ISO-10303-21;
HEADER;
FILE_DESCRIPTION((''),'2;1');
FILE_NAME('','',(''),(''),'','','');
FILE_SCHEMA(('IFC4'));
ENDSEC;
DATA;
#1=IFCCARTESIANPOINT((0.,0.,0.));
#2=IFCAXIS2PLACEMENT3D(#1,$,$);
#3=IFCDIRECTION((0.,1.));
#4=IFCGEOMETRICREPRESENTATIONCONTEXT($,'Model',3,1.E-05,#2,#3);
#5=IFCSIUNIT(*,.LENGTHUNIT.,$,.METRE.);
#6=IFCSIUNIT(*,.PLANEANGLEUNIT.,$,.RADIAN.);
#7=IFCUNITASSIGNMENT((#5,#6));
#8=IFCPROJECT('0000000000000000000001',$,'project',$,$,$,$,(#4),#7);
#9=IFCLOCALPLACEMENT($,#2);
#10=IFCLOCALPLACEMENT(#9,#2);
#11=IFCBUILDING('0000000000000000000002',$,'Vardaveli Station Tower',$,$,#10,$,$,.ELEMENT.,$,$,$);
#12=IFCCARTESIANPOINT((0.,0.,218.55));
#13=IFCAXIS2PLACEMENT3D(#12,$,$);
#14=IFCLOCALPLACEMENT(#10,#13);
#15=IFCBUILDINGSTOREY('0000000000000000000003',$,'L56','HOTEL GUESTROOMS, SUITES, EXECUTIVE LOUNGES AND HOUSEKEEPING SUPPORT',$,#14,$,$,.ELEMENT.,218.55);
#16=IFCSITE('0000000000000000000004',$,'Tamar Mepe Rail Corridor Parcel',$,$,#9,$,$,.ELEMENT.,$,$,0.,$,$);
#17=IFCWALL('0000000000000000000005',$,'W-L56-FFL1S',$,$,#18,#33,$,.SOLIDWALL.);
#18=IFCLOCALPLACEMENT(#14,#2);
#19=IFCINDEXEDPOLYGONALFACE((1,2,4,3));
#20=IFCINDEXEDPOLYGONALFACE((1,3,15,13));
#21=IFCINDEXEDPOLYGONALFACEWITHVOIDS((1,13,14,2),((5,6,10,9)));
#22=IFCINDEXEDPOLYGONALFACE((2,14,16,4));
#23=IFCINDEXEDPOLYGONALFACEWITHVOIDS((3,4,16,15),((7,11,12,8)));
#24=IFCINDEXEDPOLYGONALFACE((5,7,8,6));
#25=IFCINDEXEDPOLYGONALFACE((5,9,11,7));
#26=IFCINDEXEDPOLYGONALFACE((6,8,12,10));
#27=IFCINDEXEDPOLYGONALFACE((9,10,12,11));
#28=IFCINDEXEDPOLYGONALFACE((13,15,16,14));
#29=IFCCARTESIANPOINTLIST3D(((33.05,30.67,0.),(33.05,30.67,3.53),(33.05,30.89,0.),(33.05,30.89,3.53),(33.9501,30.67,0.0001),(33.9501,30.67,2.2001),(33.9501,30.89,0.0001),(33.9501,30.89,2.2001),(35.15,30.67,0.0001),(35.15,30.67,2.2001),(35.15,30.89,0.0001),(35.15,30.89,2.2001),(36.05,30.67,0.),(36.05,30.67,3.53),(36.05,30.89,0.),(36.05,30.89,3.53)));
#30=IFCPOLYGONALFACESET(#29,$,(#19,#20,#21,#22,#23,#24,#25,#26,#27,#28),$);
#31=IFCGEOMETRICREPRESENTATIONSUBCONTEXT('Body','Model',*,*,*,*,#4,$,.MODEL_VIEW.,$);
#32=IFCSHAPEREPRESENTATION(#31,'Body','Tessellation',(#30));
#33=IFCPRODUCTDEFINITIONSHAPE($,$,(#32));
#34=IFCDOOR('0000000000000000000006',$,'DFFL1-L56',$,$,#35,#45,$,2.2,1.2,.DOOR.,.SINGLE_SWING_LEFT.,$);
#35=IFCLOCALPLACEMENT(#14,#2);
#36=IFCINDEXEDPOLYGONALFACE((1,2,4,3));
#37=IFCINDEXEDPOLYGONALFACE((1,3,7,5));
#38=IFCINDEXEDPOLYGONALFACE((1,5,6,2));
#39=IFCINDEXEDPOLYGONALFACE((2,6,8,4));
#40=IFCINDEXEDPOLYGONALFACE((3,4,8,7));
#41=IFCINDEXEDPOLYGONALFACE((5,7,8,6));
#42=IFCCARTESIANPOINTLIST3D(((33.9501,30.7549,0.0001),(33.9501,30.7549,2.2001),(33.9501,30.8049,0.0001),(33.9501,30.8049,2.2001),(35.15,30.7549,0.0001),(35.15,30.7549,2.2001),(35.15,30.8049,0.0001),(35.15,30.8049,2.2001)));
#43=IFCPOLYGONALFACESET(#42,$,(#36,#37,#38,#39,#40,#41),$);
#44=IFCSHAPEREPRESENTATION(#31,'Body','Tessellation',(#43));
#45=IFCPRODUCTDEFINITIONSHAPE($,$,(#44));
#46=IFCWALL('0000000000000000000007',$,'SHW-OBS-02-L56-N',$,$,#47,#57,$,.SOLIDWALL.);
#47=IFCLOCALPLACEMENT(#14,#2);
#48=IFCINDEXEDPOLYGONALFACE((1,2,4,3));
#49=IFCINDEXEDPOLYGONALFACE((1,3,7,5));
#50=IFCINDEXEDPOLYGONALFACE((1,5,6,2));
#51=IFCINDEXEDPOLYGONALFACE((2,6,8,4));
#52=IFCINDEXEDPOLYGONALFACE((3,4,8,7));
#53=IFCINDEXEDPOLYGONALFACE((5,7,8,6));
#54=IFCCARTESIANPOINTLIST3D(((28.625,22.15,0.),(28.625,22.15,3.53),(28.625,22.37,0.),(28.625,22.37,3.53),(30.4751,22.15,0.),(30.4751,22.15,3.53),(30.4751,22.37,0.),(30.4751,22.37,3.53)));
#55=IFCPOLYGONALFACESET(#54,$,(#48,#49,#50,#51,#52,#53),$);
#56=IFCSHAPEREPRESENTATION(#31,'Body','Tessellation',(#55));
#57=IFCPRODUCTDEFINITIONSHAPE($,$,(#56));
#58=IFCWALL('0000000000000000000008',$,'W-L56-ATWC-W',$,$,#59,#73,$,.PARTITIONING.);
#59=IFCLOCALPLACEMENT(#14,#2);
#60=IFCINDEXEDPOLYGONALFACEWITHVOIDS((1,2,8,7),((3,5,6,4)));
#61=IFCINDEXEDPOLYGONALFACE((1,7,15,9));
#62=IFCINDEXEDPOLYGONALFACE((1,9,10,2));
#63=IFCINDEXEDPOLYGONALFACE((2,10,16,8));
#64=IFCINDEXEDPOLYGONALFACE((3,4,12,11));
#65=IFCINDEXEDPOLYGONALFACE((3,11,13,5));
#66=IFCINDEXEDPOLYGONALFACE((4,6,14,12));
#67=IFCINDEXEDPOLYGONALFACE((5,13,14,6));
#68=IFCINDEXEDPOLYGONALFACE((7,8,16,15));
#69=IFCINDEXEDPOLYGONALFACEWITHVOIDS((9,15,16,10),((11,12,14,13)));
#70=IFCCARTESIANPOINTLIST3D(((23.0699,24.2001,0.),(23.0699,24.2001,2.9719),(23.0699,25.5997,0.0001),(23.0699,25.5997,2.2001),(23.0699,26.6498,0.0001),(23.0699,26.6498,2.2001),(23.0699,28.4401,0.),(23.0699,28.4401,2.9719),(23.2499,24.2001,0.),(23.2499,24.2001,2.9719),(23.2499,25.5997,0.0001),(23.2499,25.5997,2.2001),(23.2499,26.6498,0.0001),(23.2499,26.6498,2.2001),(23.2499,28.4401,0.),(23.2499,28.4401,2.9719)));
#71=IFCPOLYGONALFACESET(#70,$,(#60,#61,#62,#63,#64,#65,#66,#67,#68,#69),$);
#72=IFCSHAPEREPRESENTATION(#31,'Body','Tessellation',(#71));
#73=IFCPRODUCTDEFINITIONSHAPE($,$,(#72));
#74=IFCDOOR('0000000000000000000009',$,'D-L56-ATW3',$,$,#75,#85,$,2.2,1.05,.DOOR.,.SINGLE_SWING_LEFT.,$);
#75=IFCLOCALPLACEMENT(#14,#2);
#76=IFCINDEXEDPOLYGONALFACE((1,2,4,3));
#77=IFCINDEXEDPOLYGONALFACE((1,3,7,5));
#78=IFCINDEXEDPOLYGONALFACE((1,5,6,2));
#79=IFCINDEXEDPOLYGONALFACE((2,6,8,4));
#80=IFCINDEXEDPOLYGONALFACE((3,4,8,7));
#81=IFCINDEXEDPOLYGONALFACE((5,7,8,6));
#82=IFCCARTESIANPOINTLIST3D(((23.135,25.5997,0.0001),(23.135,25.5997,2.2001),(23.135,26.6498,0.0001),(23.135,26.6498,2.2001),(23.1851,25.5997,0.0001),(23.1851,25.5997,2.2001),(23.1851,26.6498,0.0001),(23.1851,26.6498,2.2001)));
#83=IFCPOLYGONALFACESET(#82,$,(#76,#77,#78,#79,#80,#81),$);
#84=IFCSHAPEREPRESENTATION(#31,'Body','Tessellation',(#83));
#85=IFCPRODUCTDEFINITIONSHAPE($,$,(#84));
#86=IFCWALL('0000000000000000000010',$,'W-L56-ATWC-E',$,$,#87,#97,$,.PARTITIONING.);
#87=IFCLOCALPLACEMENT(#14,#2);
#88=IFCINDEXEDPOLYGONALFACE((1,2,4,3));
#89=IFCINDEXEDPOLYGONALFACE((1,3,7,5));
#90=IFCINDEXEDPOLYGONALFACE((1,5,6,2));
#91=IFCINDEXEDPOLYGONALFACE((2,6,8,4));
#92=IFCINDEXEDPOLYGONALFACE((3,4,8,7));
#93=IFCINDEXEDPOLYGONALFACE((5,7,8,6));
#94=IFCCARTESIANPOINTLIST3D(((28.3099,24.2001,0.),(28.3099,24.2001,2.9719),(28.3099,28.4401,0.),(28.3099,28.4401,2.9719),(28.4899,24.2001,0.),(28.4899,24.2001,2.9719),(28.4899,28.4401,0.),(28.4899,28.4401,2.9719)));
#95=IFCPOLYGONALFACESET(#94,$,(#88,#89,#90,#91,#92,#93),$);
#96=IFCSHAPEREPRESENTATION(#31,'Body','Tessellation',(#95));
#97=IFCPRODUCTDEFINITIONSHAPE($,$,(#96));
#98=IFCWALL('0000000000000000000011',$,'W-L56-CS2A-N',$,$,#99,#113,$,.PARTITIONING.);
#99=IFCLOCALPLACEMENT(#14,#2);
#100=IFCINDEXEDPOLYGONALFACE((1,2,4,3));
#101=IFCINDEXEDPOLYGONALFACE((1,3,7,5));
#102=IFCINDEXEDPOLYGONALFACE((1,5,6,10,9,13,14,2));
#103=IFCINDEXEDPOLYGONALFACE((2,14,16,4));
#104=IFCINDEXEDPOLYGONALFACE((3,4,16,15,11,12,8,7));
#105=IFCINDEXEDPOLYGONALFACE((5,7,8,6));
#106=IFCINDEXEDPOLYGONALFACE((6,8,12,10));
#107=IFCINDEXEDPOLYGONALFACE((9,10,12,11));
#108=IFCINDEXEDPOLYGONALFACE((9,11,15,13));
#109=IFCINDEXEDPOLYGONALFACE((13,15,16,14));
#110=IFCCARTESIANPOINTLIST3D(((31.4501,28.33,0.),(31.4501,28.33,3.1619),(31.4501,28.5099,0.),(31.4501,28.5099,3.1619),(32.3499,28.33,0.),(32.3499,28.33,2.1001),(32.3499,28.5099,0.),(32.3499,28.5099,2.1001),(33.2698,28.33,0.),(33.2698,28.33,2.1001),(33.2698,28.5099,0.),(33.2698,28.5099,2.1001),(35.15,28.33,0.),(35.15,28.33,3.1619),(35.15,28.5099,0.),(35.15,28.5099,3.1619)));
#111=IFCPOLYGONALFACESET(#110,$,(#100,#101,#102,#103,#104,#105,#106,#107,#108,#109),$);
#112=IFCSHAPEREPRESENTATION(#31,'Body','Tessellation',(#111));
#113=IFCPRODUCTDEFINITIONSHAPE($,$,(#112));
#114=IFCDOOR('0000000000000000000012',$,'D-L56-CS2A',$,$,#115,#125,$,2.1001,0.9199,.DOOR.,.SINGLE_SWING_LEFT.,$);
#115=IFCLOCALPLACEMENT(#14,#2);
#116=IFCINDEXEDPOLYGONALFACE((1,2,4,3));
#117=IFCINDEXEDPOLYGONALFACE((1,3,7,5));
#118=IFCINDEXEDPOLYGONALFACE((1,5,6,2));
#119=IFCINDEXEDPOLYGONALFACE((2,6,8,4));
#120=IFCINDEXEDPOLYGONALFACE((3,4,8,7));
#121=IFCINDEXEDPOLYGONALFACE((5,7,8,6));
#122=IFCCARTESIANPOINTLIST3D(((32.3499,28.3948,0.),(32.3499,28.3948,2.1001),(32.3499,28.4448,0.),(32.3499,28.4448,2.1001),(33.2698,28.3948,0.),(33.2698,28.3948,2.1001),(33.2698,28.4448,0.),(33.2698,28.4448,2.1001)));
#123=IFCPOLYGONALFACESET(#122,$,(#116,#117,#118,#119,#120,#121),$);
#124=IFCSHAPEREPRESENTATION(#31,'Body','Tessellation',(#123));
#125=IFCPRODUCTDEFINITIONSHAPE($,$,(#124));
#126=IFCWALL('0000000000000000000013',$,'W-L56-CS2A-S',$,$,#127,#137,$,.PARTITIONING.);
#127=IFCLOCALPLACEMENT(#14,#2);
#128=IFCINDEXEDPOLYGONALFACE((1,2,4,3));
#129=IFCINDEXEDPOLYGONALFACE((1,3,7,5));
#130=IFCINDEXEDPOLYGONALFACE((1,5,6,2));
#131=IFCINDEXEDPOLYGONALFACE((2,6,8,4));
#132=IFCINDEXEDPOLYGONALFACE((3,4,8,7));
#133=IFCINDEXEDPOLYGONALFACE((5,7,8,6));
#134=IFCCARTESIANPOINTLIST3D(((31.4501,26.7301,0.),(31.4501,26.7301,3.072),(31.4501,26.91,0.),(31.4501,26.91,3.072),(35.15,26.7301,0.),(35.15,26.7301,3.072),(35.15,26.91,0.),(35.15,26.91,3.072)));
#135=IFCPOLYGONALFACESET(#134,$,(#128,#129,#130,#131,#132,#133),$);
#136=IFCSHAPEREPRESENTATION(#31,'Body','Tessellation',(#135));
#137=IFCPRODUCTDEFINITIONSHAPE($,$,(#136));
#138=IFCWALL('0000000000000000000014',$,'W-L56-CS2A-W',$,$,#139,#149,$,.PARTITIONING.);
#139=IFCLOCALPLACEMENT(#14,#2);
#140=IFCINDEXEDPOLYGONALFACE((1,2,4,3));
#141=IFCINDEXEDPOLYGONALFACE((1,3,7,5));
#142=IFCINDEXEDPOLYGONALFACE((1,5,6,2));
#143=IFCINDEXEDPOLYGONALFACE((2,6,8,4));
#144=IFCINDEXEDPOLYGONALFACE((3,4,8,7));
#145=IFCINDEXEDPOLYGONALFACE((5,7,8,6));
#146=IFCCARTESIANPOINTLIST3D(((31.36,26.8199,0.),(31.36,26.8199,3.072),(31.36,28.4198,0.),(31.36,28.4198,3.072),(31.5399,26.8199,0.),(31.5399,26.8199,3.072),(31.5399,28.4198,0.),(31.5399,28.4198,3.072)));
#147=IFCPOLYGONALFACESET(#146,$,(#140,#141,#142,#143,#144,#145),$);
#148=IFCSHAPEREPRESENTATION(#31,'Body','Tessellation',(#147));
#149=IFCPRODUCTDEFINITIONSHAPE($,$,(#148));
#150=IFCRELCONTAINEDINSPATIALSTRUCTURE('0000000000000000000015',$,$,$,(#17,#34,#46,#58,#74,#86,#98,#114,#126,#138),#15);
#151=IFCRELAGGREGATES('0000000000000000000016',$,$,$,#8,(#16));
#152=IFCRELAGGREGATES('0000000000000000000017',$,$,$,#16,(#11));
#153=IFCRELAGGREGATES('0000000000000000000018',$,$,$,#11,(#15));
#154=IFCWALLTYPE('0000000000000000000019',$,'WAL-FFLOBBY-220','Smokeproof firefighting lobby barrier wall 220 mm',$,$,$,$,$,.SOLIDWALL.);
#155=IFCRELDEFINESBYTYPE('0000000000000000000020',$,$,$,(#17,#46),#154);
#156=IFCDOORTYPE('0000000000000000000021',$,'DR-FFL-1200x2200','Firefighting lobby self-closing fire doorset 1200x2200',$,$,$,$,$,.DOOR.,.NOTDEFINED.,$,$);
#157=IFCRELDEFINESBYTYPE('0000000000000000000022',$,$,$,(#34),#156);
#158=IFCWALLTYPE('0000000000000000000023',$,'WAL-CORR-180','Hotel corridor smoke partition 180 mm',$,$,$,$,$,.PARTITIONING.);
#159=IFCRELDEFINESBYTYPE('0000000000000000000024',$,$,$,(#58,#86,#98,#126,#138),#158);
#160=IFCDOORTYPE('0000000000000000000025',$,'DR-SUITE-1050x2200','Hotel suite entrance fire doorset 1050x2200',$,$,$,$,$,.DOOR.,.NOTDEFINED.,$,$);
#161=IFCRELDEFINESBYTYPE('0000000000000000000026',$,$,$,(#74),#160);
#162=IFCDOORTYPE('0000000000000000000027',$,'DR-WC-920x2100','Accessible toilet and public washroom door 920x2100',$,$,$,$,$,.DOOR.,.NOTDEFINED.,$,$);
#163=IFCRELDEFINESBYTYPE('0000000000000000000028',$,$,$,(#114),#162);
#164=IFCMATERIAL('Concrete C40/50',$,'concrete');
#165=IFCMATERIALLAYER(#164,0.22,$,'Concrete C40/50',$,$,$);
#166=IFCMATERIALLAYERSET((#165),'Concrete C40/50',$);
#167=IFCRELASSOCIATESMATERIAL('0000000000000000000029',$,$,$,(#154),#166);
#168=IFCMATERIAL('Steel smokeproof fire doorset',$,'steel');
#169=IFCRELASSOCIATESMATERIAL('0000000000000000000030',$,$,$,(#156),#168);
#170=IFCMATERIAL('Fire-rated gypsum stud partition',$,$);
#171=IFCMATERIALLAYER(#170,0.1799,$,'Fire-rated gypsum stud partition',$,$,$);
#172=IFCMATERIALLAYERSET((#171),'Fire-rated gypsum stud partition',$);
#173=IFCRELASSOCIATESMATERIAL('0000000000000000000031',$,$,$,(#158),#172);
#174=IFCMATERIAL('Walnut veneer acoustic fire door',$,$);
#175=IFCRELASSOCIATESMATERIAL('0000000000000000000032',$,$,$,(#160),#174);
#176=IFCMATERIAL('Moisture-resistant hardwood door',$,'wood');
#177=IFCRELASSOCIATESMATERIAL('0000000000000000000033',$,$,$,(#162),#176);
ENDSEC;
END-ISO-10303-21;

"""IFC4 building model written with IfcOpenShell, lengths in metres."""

from ifc_helpers import new_model, si_unit, direction, frame, frame_2d, origin, place, context, subcontext, project, spatial, rectangle, extrude, source, transform, mapped, material, layer, layer_set, type_object, element, fill, save


model = new_model("IFC4")

# Units and contexts
model_context = context("Model", 3, precision=1e-05, world=origin(), true_north=direction((0.0, 1.0)))
body_context = subcontext(model_context, "Body", "Model", "MODEL_VIEW")
ifc_project = project(units=[si_unit("LENGTHUNIT", "METRE"), si_unit("PLANEANGLEUNIT", "RADIAN")], contexts=[model_context])

# Site, building, storey
site_placement = place(None, origin())
site = spatial("IfcSite", under=ifc_project, at=site_placement, Name="Tamar Mepe Rail Corridor Parcel", CompositionType="ELEMENT", RefElevation=0.0)
building_placement = place(site_placement, origin())
building = spatial("IfcBuilding", under=site, at=building_placement, Name="Vardaveli Station Tower", CompositionType="ELEMENT")
storey_placement = place(building_placement, frame((0.0, 0.0, 218.55)))
storey = spatial("IfcBuildingStorey", under=building, at=storey_placement, Name="L56", Description="HOTEL GUESTROOMS, SUITES, EXECUTIVE LOUNGES AND HOUSEKEEPING SUPPORT", CompositionType="ELEMENT", Elevation=218.55)

# Shared definitions
ifc_material_1 = material(Name="Concrete C40/50", Category="concrete")

# Wall, opening, door
ifc_material_2 = material(Name="Steel smokeproof fire doorset", Category="steel")
ifc_layer_1 = layer(ifc_material_1, 0.22, Name="Concrete C40/50")
ifc_layer_set_1 = layer_set([ifc_layer_1], Name="Concrete C40/50")
wall_type_1 = type_object("IfcWallType", Name="WAL-FFLOBBY-220", Description="Smokeproof firefighting lobby barrier wall 220 mm", PredefinedType="SOLIDWALL", material=ifc_layer_set_1)
shared_shape_1 = source(origin(), body_context, "Body", "SweptSolid", [
    extrude(rectangle(XDim=3.0, YDim=0.22, at=frame_2d((1.5, 0.0))), origin(), (0.0, 0.0, 1.0), 3.53),
])
wall_1_placement = place(storey_placement, frame((33.05, 30.78, 0.0), z_axis=(0.0, 0.0, 1.0), x_axis=(1.0, 0.0, 0.0)))
wall_1 = element("IfcWall", 1, at=wall_1_placement, inside=storey, type_object=wall_type_1, Name="W-L56-FFL1S", PredefinedType="SOLIDWALL", context=body_context, shape_type="MappedRepresentation", body=[
    mapped(shared_shape_1, transform((0.0, 0.0, 0.0), scale=1.0)),
])
shared_shape_2 = source(origin(), body_context, "Body", "SweptSolid", [
    extrude(rectangle(XDim=1.2, YDim=2.2, at=frame_2d((0.6001, 1.1001))), frame((0.0, 0.1201, 0.0), z_axis=(0.0, -1.0, 0.0), x_axis=(1.0, 0.0, 0.0)), (0.0, 0.0, 1.0), 0.24),
])
opening_1_placement = place(wall_1_placement, frame((0.8999, 0.0, 0.0)))
opening_1 = element("IfcOpeningElement", 2, at=opening_1_placement, cuts=wall_1, PredefinedType="OPENING", context=body_context, shape_type="MappedRepresentation", body=[
    mapped(shared_shape_2, transform((0.0, 0.0, 0.0), scale=1.0)),
])
door_type_1 = type_object("IfcDoorType", Name="DR-FFL-1200x2200", Description="Firefighting lobby self-closing fire doorset 1200x2200", OperationType="NOTDEFINED", PredefinedType="DOOR", material=ifc_material_2)
shared_shape_3 = source(origin(), body_context, "Body", "SweptSolid", [
    extrude(rectangle(XDim=1.2, YDim=2.2, at=frame_2d((0.6001, 1.1001))), frame((0.0, 0.0249, 0.0), z_axis=(0.0, -1.0, 0.0), x_axis=(1.0, 0.0, 0.0)), (0.0, 0.0, 1.0), 0.05),
])
door_1_placement = place(opening_1_placement, origin())
door_1 = element("IfcDoor", 3, at=door_1_placement, inside=storey, type_object=door_type_1, Name="DFFL1-L56", OperationType="SINGLE_SWING_LEFT", OverallHeight=2.2, OverallWidth=1.2, PredefinedType="DOOR", context=body_context, shape_type="MappedRepresentation", body=[
    mapped(shared_shape_3, transform((0.0, 0.0, 0.0), scale=1.0)),
])
fill(opening_1, door_1)

# Wall
shared_shape_4 = source(origin(), body_context, "Body", "SweptSolid", [
    extrude(rectangle(XDim=1.8501, YDim=0.22, at=frame_2d((0.925, 0.0))), origin(), (0.0, 0.0, 1.0), 3.53),
])
wall_2_placement = place(storey_placement, frame((28.625, 22.26, 0.0), z_axis=(0.0, 0.0, 1.0), x_axis=(1.0, 0.0, 0.0)))
element("IfcWall", 4, at=wall_2_placement, inside=storey, type_object=wall_type_1, Name="SHW-OBS-02-L56-N", PredefinedType="SOLIDWALL", context=body_context, shape_type="MappedRepresentation", body=[
    mapped(shared_shape_4, transform((0.0, 0.0, 0.0), scale=1.0)),
])

# Wall, opening, door
ifc_material_3 = material(Name="Fire-rated gypsum stud partition")
ifc_layer_2 = layer(ifc_material_3, 0.1799, Name="Fire-rated gypsum stud partition")
ifc_layer_set_2 = layer_set([ifc_layer_2], Name="Fire-rated gypsum stud partition")
wall_type_2 = type_object("IfcWallType", Name="WAL-CORR-180", Description="Hotel corridor smoke partition 180 mm", PredefinedType="PARTITIONING", material=ifc_layer_set_2)
shared_shape_5 = source(origin(), body_context, "Body", "SweptSolid", [
    extrude(rectangle(XDim=4.24, YDim=0.1799, at=frame_2d((2.1201, 0.0))), origin(), (0.0, 0.0, 1.0), 2.9719),
])
wall_3_placement = place(storey_placement, frame((23.1599, 24.2, 0.0), z_axis=(0.0, 0.0, 1.0), x_axis=(0.0, 1.0, 0.0)))
wall_3 = element("IfcWall", 5, at=wall_3_placement, inside=storey, type_object=wall_type_2, Name="W-L56-ATWC-W", PredefinedType="PARTITIONING", context=body_context, shape_type="MappedRepresentation", body=[
    mapped(shared_shape_5, transform((0.0, 0.0, 0.0), scale=1.0)),
])
shared_shape_6 = source(origin(), body_context, "Body", "SweptSolid", [
    extrude(rectangle(XDim=1.05, YDim=2.2, at=frame_2d((0.5249, 1.1001))), frame((0.0, 0.1001, 0.0), z_axis=(0.0, -1.0, 0.0), x_axis=(1.0, 0.0, 0.0)), (0.0, 0.0, 1.0), 0.2),
])
opening_2_placement = place(wall_3_placement, frame((1.3999, 0.0, 0.0)))
opening_2 = element("IfcOpeningElement", 6, at=opening_2_placement, cuts=wall_3, PredefinedType="OPENING", context=body_context, shape_type="MappedRepresentation", body=[
    mapped(shared_shape_6, transform((0.0, 0.0, 0.0), scale=1.0)),
])
ifc_material_4 = material(Name="Walnut veneer acoustic fire door")
door_type_2 = type_object("IfcDoorType", Name="DR-SUITE-1050x2200", Description="Hotel suite entrance fire doorset 1050x2200", OperationType="NOTDEFINED", PredefinedType="DOOR", material=ifc_material_4)
shared_shape_7 = source(origin(), body_context, "Body", "SweptSolid", [
    extrude(rectangle(XDim=1.05, YDim=2.2, at=frame_2d((0.5249, 1.1001))), frame((0.0, 0.0249, 0.0), z_axis=(0.0, -1.0, 0.0), x_axis=(1.0, 0.0, 0.0)), (0.0, 0.0, 1.0), 0.05),
])
door_2_placement = place(opening_2_placement, origin())
door_2 = element("IfcDoor", 7, at=door_2_placement, inside=storey, type_object=door_type_2, Name="D-L56-ATW3", OperationType="SINGLE_SWING_LEFT", OverallHeight=2.2, OverallWidth=1.05, PredefinedType="DOOR", context=body_context, shape_type="MappedRepresentation", body=[
    mapped(shared_shape_7, transform((0.0, 0.0, 0.0), scale=1.0)),
])
fill(opening_2, door_2)

# Wall
wall_4_placement = place(storey_placement, frame((28.3999, 24.2, 0.0), z_axis=(0.0, 0.0, 1.0), x_axis=(0.0, 1.0, 0.0)))
element("IfcWall", 8, at=wall_4_placement, inside=storey, type_object=wall_type_2, Name="W-L56-ATWC-E", PredefinedType="PARTITIONING", context=body_context, shape_type="MappedRepresentation", body=[
    mapped(shared_shape_5, transform((0.0, 0.0, 0.0), scale=1.0)),
])

# Wall, opening, door
shared_shape_8 = source(origin(), body_context, "Body", "SweptSolid", [
    extrude(rectangle(XDim=3.7, YDim=0.1799, at=frame_2d((1.8501, 0.0))), origin(), (0.0, 0.0, 1.0), 3.1619),
])
wall_5_placement = place(storey_placement, frame((31.45, 28.4199, 0.0), z_axis=(0.0, 0.0, 1.0), x_axis=(1.0, 0.0, 0.0)))
wall_5 = element("IfcWall", 9, at=wall_5_placement, inside=storey, type_object=wall_type_2, Name="W-L56-CS2A-N", PredefinedType="PARTITIONING", context=body_context, shape_type="MappedRepresentation", body=[
    mapped(shared_shape_8, transform((0.0, 0.0, 0.0), scale=1.0)),
])
shared_shape_9 = source(origin(), body_context, "Body", "SweptSolid", [
    extrude(rectangle(XDim=0.9199, YDim=2.1001, at=frame_2d((0.46, 1.05))), frame((0.0, 0.1001, 0.0), z_axis=(0.0, -1.0, 0.0), x_axis=(1.0, 0.0, 0.0)), (0.0, 0.0, 1.0), 0.2),
])
opening_3_placement = place(wall_5_placement, frame((0.8999, 0.0, 0.0)))
opening_3 = element("IfcOpeningElement", 10, at=opening_3_placement, cuts=wall_5, PredefinedType="OPENING", context=body_context, shape_type="MappedRepresentation", body=[
    mapped(shared_shape_9, transform((0.0, 0.0, 0.0), scale=1.0)),
])
ifc_material_5 = material(Name="Moisture-resistant hardwood door", Category="wood")
door_type_3 = type_object("IfcDoorType", Name="DR-WC-920x2100", Description="Accessible toilet and public washroom door 920x2100", OperationType="NOTDEFINED", PredefinedType="DOOR", material=ifc_material_5)
shared_shape_10 = source(origin(), body_context, "Body", "SweptSolid", [
    extrude(rectangle(XDim=0.9199, YDim=2.1001, at=frame_2d((0.46, 1.05))), frame((0.0, 0.0249, 0.0), z_axis=(0.0, -1.0, 0.0), x_axis=(1.0, 0.0, 0.0)), (0.0, 0.0, 1.0), 0.05),
])
door_3_placement = place(opening_3_placement, origin())
door_3 = element("IfcDoor", 11, at=door_3_placement, inside=storey, type_object=door_type_3, Name="D-L56-CS2A", OperationType="SINGLE_SWING_LEFT", OverallHeight=2.1001, OverallWidth=0.9199, PredefinedType="DOOR", context=body_context, shape_type="MappedRepresentation", body=[
    mapped(shared_shape_10, transform((0.0, 0.0, 0.0), scale=1.0)),
])
fill(opening_3, door_3)

# Walls
shared_shape_11 = source(origin(), body_context, "Body", "SweptSolid", [
    extrude(rectangle(XDim=3.7, YDim=0.1799, at=frame_2d((1.8501, 0.0))), origin(), (0.0, 0.0, 1.0), 3.072),
])
wall_6_placement = place(storey_placement, frame((31.45, 26.8201, 0.0), z_axis=(0.0, 0.0, 1.0), x_axis=(1.0, 0.0, 0.0)))
element("IfcWall", 12, at=wall_6_placement, inside=storey, type_object=wall_type_2, Name="W-L56-CS2A-S", PredefinedType="PARTITIONING", context=body_context, shape_type="MappedRepresentation", body=[
    mapped(shared_shape_11, transform((0.0, 0.0, 0.0), scale=1.0)),
])
shared_shape_12 = source(origin(), body_context, "Body", "SweptSolid", [
    extrude(rectangle(XDim=1.5999, YDim=0.1799, at=frame_2d((0.7998, 0.0))), origin(), (0.0, 0.0, 1.0), 3.072),
])
wall_7_placement = place(storey_placement, frame((31.45, 26.8201, 0.0), z_axis=(0.0, 0.0, 1.0), x_axis=(0.0, 1.0, 0.0)))
element("IfcWall", 13, at=wall_7_placement, inside=storey, type_object=wall_type_2, Name="W-L56-CS2A-W", PredefinedType="PARTITIONING", context=body_context, shape_type="MappedRepresentation", body=[
    mapped(shared_shape_12, transform((0.0, 0.0, 0.0), scale=1.0)),
])

save(model, "model.ifc")
